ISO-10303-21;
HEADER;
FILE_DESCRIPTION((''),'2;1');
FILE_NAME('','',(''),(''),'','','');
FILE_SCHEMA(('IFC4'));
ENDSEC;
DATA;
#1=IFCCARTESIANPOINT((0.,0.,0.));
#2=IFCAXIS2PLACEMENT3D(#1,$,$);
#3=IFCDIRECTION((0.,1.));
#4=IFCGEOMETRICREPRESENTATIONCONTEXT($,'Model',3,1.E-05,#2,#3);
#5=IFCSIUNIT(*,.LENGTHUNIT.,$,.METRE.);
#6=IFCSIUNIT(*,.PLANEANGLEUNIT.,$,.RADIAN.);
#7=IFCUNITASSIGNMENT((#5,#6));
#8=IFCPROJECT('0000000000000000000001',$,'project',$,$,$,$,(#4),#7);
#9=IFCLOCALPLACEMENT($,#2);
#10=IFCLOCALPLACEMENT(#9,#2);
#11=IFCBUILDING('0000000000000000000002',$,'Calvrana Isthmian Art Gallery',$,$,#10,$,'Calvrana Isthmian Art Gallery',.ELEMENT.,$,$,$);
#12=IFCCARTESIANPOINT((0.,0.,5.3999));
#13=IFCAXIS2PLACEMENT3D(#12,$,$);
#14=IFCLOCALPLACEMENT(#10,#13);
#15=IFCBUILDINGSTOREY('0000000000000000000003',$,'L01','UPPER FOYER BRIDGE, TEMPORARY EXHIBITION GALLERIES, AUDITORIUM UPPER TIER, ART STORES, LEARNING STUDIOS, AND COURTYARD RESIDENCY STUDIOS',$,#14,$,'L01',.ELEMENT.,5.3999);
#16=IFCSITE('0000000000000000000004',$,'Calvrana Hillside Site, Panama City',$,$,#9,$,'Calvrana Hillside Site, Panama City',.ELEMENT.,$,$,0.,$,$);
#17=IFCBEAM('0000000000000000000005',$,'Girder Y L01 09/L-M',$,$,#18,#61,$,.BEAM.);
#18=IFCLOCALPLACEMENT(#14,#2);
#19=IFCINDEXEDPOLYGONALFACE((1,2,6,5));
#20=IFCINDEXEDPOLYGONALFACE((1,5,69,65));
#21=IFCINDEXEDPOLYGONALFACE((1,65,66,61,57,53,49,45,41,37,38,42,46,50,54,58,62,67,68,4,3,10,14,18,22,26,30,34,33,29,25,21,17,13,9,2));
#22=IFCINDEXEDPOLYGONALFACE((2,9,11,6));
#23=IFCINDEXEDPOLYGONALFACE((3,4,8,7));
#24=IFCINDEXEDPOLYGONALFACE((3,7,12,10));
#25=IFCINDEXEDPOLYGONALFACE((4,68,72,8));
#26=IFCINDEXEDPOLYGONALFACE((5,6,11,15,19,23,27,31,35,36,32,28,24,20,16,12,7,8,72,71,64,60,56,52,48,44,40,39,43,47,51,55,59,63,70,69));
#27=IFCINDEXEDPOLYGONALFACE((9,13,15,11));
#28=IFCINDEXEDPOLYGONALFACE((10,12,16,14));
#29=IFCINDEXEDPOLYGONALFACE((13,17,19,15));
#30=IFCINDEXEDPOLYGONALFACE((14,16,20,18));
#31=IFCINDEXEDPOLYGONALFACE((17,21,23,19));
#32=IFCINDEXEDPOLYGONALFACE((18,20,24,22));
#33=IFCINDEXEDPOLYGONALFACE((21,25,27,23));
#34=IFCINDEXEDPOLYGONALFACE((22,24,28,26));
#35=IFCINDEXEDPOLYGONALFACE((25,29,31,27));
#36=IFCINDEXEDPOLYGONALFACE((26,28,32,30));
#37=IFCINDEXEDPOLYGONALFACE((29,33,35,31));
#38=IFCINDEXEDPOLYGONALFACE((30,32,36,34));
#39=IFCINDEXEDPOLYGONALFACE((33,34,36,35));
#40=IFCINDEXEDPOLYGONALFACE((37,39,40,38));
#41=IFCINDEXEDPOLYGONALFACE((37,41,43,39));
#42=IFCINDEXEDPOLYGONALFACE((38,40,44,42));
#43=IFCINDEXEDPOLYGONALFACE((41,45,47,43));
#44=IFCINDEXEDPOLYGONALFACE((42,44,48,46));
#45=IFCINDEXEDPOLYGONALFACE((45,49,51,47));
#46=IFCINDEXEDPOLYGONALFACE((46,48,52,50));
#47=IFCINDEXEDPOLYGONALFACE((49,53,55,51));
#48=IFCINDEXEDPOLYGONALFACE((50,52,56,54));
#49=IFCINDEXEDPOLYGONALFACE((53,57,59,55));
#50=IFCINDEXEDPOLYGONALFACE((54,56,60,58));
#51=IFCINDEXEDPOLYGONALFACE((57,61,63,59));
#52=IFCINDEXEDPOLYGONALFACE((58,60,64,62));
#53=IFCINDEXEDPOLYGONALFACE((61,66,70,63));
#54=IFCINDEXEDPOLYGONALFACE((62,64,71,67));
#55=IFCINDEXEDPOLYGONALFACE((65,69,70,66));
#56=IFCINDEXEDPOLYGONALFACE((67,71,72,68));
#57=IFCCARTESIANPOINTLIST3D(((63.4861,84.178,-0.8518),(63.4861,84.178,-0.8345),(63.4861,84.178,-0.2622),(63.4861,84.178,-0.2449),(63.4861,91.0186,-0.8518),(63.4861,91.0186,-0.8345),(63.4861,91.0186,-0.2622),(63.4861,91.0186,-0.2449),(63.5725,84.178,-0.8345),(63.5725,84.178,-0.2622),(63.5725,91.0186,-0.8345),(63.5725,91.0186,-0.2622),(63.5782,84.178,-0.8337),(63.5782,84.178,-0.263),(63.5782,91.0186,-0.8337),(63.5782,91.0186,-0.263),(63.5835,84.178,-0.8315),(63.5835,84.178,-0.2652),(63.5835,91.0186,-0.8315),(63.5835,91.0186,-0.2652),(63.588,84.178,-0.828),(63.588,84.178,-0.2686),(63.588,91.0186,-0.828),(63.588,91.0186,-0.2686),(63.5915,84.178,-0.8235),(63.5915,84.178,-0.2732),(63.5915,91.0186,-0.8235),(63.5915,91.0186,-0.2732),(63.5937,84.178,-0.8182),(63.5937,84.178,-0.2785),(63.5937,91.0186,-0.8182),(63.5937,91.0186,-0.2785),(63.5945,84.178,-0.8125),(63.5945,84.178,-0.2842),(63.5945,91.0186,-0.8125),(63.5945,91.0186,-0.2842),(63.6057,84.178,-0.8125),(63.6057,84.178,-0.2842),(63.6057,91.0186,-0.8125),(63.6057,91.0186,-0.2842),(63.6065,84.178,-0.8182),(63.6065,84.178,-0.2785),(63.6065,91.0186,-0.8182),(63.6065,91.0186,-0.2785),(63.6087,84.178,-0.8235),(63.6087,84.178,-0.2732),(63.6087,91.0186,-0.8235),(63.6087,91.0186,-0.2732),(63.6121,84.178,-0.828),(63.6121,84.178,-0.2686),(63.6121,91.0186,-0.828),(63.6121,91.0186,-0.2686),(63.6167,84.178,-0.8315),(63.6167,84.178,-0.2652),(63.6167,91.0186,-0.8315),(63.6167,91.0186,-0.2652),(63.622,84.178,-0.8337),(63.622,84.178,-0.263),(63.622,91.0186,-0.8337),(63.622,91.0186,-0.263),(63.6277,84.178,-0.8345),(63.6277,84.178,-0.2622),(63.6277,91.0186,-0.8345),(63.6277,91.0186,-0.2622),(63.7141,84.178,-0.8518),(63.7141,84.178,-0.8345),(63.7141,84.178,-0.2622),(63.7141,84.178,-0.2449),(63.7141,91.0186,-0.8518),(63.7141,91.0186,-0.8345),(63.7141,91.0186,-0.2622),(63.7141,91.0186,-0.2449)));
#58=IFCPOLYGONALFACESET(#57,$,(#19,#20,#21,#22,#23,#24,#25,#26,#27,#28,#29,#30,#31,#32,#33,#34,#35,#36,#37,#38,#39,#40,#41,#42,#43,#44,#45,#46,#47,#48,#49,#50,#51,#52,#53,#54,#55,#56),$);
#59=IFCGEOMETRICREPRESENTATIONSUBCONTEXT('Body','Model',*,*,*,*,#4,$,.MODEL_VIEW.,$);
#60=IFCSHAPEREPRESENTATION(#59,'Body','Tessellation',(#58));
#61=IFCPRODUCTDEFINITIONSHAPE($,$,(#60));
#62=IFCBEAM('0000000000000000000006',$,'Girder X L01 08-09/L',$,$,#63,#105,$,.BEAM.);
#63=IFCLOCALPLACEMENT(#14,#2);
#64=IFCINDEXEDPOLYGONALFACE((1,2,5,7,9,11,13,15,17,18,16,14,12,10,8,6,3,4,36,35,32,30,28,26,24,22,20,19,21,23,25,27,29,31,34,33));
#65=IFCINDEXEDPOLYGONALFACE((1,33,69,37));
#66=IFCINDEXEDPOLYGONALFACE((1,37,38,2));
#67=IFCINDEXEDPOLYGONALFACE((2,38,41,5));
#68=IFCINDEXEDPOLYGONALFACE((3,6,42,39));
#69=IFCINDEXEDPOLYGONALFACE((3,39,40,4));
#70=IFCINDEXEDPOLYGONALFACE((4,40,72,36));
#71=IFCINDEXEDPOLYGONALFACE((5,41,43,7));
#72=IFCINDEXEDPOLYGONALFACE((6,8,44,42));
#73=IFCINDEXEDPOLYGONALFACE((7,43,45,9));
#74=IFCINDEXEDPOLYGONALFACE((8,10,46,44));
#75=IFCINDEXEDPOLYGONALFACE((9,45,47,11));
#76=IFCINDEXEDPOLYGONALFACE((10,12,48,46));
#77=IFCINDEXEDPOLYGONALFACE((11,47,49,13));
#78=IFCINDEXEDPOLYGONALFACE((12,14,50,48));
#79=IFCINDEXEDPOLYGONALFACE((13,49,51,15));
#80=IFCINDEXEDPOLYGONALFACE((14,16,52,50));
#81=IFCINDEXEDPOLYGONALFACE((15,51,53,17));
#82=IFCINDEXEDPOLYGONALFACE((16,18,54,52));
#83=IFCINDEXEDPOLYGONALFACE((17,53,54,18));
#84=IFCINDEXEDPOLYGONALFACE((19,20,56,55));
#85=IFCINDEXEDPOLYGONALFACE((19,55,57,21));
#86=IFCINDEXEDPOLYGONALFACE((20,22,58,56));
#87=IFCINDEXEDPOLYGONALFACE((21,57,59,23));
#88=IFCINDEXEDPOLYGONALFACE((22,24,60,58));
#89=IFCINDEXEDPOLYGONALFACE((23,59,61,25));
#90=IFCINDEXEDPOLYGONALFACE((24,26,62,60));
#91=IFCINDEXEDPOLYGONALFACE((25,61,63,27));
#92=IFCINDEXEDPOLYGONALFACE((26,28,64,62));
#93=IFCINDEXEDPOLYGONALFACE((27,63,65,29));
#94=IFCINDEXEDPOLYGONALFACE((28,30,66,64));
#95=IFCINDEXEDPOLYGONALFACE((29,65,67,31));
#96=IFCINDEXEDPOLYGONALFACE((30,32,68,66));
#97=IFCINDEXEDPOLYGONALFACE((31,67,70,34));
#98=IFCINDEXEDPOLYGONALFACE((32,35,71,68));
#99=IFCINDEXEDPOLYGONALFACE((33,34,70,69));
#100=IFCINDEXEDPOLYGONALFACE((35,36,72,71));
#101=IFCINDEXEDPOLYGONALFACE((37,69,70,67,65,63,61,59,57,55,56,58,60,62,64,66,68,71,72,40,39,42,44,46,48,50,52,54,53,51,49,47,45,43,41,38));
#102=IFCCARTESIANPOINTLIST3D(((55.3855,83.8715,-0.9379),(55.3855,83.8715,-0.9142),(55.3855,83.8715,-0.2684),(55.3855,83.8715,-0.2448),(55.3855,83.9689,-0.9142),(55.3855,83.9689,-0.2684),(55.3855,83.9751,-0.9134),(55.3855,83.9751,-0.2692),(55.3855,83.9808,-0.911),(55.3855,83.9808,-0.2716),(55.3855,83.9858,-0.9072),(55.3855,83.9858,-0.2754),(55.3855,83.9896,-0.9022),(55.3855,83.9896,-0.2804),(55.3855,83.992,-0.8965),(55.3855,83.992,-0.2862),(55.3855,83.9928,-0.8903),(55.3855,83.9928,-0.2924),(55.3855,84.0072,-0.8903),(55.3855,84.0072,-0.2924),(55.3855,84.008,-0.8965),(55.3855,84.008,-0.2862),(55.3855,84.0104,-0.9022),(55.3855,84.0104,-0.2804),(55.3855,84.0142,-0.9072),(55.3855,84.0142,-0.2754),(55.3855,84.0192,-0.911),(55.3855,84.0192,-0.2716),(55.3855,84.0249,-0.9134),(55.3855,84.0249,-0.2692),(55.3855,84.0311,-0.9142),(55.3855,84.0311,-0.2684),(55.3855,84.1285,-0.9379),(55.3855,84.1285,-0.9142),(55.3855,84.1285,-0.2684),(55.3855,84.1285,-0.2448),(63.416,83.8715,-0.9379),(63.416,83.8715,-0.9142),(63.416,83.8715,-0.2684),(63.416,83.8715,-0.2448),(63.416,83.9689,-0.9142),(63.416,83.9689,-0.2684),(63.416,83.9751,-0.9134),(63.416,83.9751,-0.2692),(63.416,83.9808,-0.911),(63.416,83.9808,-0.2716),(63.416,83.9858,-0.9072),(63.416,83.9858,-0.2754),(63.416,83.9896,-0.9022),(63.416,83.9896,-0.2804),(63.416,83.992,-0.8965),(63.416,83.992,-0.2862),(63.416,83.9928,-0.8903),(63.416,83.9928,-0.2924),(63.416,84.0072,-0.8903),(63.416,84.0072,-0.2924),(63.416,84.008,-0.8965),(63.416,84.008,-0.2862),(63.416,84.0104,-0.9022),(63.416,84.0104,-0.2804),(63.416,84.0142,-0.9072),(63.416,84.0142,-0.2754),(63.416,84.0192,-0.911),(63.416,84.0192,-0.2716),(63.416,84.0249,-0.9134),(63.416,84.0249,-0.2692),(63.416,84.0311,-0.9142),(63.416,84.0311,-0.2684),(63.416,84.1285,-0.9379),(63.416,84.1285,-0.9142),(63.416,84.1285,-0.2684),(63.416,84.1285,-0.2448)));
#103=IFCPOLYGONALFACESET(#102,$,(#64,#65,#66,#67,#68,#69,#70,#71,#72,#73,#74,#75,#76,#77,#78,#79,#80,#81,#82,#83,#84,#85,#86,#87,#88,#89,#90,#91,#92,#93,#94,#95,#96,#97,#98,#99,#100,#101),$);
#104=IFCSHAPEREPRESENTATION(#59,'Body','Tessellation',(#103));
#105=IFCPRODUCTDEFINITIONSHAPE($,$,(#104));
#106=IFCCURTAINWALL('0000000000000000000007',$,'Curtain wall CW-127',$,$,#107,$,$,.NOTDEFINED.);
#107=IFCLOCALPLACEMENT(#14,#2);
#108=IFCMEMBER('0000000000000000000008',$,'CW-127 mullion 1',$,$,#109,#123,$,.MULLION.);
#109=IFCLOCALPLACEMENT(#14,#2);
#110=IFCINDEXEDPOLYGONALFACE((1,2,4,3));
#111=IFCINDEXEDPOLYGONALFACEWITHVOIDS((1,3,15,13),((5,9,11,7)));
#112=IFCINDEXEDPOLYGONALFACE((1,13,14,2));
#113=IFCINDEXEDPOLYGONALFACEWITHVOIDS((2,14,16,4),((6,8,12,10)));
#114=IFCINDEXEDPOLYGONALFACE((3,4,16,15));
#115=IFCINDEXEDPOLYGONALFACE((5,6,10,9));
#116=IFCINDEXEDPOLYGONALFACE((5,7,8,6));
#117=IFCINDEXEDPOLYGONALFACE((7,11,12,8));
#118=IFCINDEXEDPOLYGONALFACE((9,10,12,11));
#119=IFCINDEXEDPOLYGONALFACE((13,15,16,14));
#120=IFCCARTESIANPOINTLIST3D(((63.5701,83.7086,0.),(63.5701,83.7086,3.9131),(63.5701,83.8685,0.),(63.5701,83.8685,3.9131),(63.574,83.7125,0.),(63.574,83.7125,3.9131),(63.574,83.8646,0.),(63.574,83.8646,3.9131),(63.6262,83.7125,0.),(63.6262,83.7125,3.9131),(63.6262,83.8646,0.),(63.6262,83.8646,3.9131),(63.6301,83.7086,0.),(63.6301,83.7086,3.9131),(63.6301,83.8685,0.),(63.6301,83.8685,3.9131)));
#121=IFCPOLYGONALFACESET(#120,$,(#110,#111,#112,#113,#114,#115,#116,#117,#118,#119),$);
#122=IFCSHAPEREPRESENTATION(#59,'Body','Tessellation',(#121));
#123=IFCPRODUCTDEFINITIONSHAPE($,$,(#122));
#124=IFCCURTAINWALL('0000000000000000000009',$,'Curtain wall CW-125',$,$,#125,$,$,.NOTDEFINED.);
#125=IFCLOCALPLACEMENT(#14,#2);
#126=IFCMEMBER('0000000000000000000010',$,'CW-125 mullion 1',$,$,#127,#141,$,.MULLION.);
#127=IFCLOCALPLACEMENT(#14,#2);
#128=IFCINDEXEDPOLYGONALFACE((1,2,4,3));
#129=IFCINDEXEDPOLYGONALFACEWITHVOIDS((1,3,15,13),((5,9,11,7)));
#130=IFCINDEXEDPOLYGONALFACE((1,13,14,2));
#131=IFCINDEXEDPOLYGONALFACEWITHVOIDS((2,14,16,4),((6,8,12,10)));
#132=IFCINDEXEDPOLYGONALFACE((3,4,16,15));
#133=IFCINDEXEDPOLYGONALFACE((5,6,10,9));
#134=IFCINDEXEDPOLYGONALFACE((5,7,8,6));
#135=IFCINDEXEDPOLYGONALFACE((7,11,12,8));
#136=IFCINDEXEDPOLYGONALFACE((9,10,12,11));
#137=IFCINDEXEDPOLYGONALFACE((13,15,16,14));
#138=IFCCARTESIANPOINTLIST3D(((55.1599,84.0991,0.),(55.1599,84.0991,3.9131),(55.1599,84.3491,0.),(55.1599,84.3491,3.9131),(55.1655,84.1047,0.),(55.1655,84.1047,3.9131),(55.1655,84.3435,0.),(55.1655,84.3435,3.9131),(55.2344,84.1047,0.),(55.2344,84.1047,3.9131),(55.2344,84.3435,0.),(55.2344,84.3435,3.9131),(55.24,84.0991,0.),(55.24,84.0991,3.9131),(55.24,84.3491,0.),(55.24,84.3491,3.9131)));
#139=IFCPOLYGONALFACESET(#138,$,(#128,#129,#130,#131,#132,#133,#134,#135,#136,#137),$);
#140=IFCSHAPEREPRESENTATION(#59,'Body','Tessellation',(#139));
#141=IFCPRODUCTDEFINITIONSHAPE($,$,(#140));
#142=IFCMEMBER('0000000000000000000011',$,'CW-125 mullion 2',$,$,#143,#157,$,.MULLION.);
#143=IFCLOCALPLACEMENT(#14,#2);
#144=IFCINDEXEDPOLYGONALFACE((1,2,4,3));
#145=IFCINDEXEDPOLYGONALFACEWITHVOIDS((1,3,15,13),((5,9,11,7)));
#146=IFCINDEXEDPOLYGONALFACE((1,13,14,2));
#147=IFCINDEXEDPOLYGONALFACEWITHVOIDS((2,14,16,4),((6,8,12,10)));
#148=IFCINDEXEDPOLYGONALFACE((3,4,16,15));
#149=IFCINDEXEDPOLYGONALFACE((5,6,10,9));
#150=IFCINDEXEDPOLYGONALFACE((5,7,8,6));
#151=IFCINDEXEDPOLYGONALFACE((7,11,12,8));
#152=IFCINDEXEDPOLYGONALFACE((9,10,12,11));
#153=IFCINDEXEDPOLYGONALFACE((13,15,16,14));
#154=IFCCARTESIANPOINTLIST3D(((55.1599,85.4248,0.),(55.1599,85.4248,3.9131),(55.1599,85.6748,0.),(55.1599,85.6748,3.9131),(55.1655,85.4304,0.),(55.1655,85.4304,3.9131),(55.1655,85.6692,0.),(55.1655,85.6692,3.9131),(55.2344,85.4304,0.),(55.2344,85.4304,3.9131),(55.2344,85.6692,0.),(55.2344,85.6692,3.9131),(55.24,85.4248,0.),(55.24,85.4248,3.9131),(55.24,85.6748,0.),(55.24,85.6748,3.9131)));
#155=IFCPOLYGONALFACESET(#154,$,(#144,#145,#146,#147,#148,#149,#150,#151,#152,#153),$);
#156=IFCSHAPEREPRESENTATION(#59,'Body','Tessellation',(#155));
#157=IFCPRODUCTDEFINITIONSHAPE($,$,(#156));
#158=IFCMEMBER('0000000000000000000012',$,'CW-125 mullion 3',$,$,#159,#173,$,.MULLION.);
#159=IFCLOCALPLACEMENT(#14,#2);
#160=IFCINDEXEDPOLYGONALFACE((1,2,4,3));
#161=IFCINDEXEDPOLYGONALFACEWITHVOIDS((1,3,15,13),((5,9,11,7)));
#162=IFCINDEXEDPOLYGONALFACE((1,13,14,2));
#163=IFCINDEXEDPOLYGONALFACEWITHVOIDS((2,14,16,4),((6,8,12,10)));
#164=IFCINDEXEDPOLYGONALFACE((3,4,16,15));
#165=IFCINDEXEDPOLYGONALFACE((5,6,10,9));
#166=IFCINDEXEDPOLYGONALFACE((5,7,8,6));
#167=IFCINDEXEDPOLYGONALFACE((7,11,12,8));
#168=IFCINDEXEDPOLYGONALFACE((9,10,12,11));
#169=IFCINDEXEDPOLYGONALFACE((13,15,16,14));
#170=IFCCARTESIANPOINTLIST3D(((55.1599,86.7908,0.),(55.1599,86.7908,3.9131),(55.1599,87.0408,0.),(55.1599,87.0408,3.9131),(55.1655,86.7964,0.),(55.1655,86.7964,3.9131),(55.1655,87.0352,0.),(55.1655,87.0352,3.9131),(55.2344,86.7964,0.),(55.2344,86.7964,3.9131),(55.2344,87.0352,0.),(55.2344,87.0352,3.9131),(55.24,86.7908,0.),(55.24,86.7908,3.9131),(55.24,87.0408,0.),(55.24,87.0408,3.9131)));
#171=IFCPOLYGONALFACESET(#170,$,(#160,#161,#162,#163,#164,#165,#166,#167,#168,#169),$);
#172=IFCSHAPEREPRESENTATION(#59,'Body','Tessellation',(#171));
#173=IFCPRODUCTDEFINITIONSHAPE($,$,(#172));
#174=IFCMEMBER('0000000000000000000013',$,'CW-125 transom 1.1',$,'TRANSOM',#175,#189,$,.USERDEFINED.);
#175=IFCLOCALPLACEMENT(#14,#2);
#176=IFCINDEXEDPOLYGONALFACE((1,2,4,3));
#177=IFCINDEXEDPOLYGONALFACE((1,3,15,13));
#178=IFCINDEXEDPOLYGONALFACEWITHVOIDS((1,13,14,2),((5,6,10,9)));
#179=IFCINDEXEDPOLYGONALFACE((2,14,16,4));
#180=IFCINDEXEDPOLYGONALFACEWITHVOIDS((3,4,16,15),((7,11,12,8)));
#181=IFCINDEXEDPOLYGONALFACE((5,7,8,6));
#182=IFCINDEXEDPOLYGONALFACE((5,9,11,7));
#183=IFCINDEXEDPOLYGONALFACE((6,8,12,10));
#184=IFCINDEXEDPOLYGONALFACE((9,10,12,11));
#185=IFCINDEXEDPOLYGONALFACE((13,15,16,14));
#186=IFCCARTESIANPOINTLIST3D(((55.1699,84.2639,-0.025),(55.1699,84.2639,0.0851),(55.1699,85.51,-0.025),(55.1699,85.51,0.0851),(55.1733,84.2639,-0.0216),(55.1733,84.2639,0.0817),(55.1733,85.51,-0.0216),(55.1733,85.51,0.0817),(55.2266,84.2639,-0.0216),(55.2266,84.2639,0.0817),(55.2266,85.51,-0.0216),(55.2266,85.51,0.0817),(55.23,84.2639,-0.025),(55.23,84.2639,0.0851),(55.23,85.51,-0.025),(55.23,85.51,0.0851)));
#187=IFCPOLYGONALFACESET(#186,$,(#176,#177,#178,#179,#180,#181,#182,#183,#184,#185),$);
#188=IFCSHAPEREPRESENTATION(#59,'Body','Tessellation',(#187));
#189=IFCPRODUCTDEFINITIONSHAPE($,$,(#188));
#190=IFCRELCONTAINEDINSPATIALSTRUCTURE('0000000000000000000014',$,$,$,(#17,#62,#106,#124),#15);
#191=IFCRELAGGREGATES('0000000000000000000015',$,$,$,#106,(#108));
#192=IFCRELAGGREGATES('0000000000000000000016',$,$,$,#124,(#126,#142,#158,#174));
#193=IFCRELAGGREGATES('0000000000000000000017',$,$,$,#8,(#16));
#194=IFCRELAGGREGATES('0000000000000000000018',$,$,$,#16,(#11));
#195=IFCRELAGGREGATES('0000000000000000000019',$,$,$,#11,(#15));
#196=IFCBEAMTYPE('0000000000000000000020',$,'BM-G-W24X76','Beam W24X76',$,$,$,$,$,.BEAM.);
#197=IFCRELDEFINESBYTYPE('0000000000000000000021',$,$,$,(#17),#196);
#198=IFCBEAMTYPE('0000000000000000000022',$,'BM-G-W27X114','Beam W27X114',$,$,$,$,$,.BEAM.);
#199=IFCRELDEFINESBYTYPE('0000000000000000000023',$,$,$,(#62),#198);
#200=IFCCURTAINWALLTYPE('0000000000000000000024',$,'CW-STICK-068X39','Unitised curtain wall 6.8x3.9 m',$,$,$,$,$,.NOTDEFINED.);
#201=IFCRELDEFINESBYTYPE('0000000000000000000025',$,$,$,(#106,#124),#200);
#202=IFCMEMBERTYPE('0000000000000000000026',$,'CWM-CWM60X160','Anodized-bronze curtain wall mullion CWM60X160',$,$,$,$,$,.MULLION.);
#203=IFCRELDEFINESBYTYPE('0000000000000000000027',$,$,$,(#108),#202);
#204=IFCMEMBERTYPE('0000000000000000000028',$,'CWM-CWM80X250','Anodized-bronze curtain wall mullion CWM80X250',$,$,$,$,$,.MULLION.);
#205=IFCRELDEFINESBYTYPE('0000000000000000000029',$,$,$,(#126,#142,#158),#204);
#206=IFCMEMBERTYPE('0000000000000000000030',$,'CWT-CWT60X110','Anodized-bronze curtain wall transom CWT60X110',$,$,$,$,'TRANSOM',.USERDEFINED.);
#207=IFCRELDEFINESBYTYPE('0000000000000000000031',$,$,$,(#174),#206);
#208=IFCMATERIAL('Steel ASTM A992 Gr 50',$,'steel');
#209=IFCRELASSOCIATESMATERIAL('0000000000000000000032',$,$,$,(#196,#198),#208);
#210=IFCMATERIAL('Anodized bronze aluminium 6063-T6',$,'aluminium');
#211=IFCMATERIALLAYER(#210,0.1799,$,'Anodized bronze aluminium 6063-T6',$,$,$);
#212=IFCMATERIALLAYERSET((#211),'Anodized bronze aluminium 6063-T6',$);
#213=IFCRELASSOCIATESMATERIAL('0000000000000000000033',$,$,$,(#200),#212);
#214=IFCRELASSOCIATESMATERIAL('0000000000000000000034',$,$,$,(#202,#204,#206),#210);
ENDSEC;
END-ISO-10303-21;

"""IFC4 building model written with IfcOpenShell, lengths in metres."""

from ifc_helpers import new_model, si_unit, direction, frame, origin, origin_2d, place, context, subcontext, project, spatial, hollow_rectangle, i_section, extrude, material, layer, layer_set, material_profile, profile_set, type_object, element, aggregate, save


model = new_model("IFC4")

# Units and contexts
model_context = context("Model", 3, precision=1e-05, world=origin(), true_north=direction((0.0, 1.0)))
body_context = subcontext(model_context, "Body", "Model", "MODEL_VIEW")
ifc_project = project(units=[si_unit("LENGTHUNIT", "METRE"), si_unit("PLANEANGLEUNIT", "RADIAN")], contexts=[model_context])

# Site, building, storey
site_placement = place(None, origin())
site = spatial("IfcSite", under=ifc_project, at=site_placement, Name="Calvrana Hillside Site, Panama City", LongName="Calvrana Hillside Site, Panama City", CompositionType="ELEMENT", RefElevation=0.0)
building_placement = place(site_placement, origin())
building = spatial("IfcBuilding", under=site, at=building_placement, Name="Calvrana Isthmian Art Gallery", LongName="Calvrana Isthmian Art Gallery", CompositionType="ELEMENT")
storey_placement = place(building_placement, frame((0.0, 0.0, 5.3999)))
storey = spatial("IfcBuildingStorey", under=building, at=storey_placement, Name="L01", Description="UPPER FOYER BRIDGE, TEMPORARY EXHIBITION GALLERIES, AUDITORIUM UPPER TIER, ART STORES, LEARNING STUDIOS, AND COURTYARD RESIDENCY STUDIOS", LongName="L01", CompositionType="ELEMENT", Elevation=5.3999)

# Shared definitions
ifc_material_1 = material(Name="Steel ASTM A992 Gr 50", Category="steel")

# Beams
ifc_material_profile_1 = material_profile(ifc_material_1, i_section(OverallWidth=0.228, OverallDepth=0.6069, WebThickness=0.0112, FlangeThickness=0.0173, FilletRadius=0.022, at=origin_2d()), Name="W24X76")
ifc_profile_set_1 = profile_set([ifc_material_profile_1], Name="Steel ASTM A992 Gr 50")
beam_type_1 = type_object("IfcBeamType", Name="BM-G-W24X76", Description="Beam W24X76", PredefinedType="BEAM", material=ifc_profile_set_1)
beam_1_placement = place(storey_placement, frame((63.6001, 84.178, -0.5483), z_axis=(0.0, 1.0, 0.0), x_axis=(-1.0, 0.0, 0.0)))
element("IfcBeam", 1, at=beam_1_placement, inside=storey, type_object=beam_type_1, Name="Girder Y L01 09/L-M", PredefinedType="BEAM", context=body_context, shape_type="SweptSolid", body=[
    extrude(i_section(OverallWidth=0.228, OverallDepth=0.6069, WebThickness=0.0112, FlangeThickness=0.0173, FilletRadius=0.022, at=origin_2d()), origin(), (0.0, 0.0, 1.0), 6.8406),
])
ifc_material_profile_2 = material_profile(ifc_material_1, i_section(OverallWidth=0.2571, OverallDepth=0.6931, WebThickness=0.0144, FlangeThickness=0.0237, FilletRadius=0.0239, at=origin_2d()), Name="W27X114")
ifc_profile_set_2 = profile_set([ifc_material_profile_2], Name="Steel ASTM A992 Gr 50")
beam_type_2 = type_object("IfcBeamType", Name="BM-G-W27X114", Description="Beam W27X114", PredefinedType="BEAM", material=ifc_profile_set_2)
beam_2_placement = place(storey_placement, frame((55.3855, 84.0, -0.5913), z_axis=(1.0, 0.0, 0.0), x_axis=(0.0, 1.0, 0.0)))
element("IfcBeam", 2, at=beam_2_placement, inside=storey, type_object=beam_type_2, Name="Girder X L01 08-09/L", PredefinedType="BEAM", context=body_context, shape_type="SweptSolid", body=[
    extrude(i_section(OverallWidth=0.2571, OverallDepth=0.6931, WebThickness=0.0144, FlangeThickness=0.0237, FilletRadius=0.0239, at=origin_2d()), origin(), (0.0, 0.0, 1.0), 8.0305),
])

# Curtain wall, member
ifc_material_2 = material(Name="Anodized bronze aluminium 6063-T6", Category="aluminium")
ifc_layer_1 = layer(ifc_material_2, 0.1799, Name="Anodized bronze aluminium 6063-T6")
ifc_layer_set_1 = layer_set([ifc_layer_1], Name="Anodized bronze aluminium 6063-T6")
curtain_wall_type = type_object("IfcCurtainWallType", Name="CW-STICK-068X39", Description="Unitised curtain wall 6.8x3.9 m", PredefinedType="NOTDEFINED", material=ifc_layer_set_1)
curtain_wall_1_placement = place(storey_placement, origin())
curtain_wall_1 = element("IfcCurtainWall", 3, at=curtain_wall_1_placement, inside=storey, type_object=curtain_wall_type, Name="Curtain wall CW-127", PredefinedType="NOTDEFINED")
ifc_material_profile_3 = material_profile(ifc_material_2, hollow_rectangle(XDim=0.0601, YDim=0.1599, WallThickness=0.0039, at=origin_2d()), Name="CWM60X160")
ifc_profile_set_3 = profile_set([ifc_material_profile_3], Name="Anodized bronze aluminium 6063-T6")
member_type_1 = type_object("IfcMemberType", Name="CWM-CWM60X160", Description="Anodized-bronze curtain wall mullion CWM60X160", PredefinedType="MULLION", material=ifc_profile_set_3)
member_1_placement = place(storey_placement, frame((63.6001, 83.7886, 0.0), z_axis=(0.0, 0.0, 1.0), x_axis=(1.0, 0.0, 0.0)))
member_1 = element("IfcMember", 4, at=member_1_placement, type_object=member_type_1, Name="CW-127 mullion 1", PredefinedType="MULLION", context=body_context, shape_type="SweptSolid", body=[
    extrude(hollow_rectangle(XDim=0.0601, YDim=0.1599, WallThickness=0.0039, at=origin_2d()), origin(), (0.0, 0.0, 1.0), 3.9131),
])

# Curtain wall, members
curtain_wall_2_placement = place(storey_placement, origin())
curtain_wall_2 = element("IfcCurtainWall", 5, at=curtain_wall_2_placement, inside=storey, type_object=curtain_wall_type, Name="Curtain wall CW-125", PredefinedType="NOTDEFINED")
ifc_material_profile_4 = material_profile(ifc_material_2, hollow_rectangle(XDim=0.0801, YDim=0.25, WallThickness=0.0056, at=origin_2d()), Name="CWM80X250")
ifc_profile_set_4 = profile_set([ifc_material_profile_4], Name="Anodized bronze aluminium 6063-T6")
member_type_2 = type_object("IfcMemberType", Name="CWM-CWM80X250", Description="Anodized-bronze curtain wall mullion CWM80X250", PredefinedType="MULLION", material=ifc_profile_set_4)
member_2_placement = place(storey_placement, frame((55.2, 84.2241, 0.0), z_axis=(0.0, 0.0, 1.0), x_axis=(-1.0, 0.0, 0.0)))
member_2 = element("IfcMember", 6, at=member_2_placement, type_object=member_type_2, Name="CW-125 mullion 1", PredefinedType="MULLION", context=body_context, shape_type="SweptSolid", body=[
    extrude(hollow_rectangle(XDim=0.0801, YDim=0.25, WallThickness=0.0056, at=origin_2d()), origin(), (0.0, 0.0, 1.0), 3.9131),
])
member_3_placement = place(storey_placement, frame((55.2, 85.5498, 0.0), z_axis=(0.0, 0.0, 1.0), x_axis=(-1.0, 0.0, 0.0)))
member_3 = element("IfcMember", 7, at=member_3_placement, type_object=member_type_2, Name="CW-125 mullion 2", PredefinedType="MULLION", context=body_context, shape_type="SweptSolid", body=[
    extrude(hollow_rectangle(XDim=0.0801, YDim=0.25, WallThickness=0.0056, at=origin_2d()), origin(), (0.0, 0.0, 1.0), 3.9131),
])
member_4_placement = place(storey_placement, frame((55.2, 86.9158, 0.0), z_axis=(0.0, 0.0, 1.0), x_axis=(-1.0, 0.0, 0.0)))
member_4 = element("IfcMember", 8, at=member_4_placement, type_object=member_type_2, Name="CW-125 mullion 3", PredefinedType="MULLION", context=body_context, shape_type="SweptSolid", body=[
    extrude(hollow_rectangle(XDim=0.0801, YDim=0.25, WallThickness=0.0056, at=origin_2d()), origin(), (0.0, 0.0, 1.0), 3.9131),
])
ifc_material_profile_5 = material_profile(ifc_material_2, hollow_rectangle(XDim=0.0601, YDim=0.1101, WallThickness=0.0034, at=origin_2d()), Name="CWT60X110")
ifc_profile_set_5 = profile_set([ifc_material_profile_5], Name="Anodized bronze aluminium 6063-T6")
member_type_3 = type_object("IfcMemberType", Name="CWT-CWT60X110", Description="Anodized-bronze curtain wall transom CWT60X110", ElementType="TRANSOM", PredefinedType="USERDEFINED", material=ifc_profile_set_5)
member_5_placement = place(storey_placement, frame((55.2, 84.2639, 0.03), z_axis=(0.0, 1.0, 0.0), x_axis=(-1.0, 0.0, 0.0)))
member_5 = element("IfcMember", 9, at=member_5_placement, type_object=member_type_3, Name="CW-125 transom 1.1", ObjectType="TRANSOM", PredefinedType="USERDEFINED", context=body_context, shape_type="SweptSolid", body=[
    extrude(hollow_rectangle(XDim=0.0601, YDim=0.1101, WallThickness=0.0034, at=origin_2d()), origin(), (0.0, 0.0, 1.0), 1.2461),
])

aggregate(curtain_wall_1, [member_1])

aggregate(curtain_wall_2, [member_2, member_3, member_4, member_5])

save(model, "model.ifc")
